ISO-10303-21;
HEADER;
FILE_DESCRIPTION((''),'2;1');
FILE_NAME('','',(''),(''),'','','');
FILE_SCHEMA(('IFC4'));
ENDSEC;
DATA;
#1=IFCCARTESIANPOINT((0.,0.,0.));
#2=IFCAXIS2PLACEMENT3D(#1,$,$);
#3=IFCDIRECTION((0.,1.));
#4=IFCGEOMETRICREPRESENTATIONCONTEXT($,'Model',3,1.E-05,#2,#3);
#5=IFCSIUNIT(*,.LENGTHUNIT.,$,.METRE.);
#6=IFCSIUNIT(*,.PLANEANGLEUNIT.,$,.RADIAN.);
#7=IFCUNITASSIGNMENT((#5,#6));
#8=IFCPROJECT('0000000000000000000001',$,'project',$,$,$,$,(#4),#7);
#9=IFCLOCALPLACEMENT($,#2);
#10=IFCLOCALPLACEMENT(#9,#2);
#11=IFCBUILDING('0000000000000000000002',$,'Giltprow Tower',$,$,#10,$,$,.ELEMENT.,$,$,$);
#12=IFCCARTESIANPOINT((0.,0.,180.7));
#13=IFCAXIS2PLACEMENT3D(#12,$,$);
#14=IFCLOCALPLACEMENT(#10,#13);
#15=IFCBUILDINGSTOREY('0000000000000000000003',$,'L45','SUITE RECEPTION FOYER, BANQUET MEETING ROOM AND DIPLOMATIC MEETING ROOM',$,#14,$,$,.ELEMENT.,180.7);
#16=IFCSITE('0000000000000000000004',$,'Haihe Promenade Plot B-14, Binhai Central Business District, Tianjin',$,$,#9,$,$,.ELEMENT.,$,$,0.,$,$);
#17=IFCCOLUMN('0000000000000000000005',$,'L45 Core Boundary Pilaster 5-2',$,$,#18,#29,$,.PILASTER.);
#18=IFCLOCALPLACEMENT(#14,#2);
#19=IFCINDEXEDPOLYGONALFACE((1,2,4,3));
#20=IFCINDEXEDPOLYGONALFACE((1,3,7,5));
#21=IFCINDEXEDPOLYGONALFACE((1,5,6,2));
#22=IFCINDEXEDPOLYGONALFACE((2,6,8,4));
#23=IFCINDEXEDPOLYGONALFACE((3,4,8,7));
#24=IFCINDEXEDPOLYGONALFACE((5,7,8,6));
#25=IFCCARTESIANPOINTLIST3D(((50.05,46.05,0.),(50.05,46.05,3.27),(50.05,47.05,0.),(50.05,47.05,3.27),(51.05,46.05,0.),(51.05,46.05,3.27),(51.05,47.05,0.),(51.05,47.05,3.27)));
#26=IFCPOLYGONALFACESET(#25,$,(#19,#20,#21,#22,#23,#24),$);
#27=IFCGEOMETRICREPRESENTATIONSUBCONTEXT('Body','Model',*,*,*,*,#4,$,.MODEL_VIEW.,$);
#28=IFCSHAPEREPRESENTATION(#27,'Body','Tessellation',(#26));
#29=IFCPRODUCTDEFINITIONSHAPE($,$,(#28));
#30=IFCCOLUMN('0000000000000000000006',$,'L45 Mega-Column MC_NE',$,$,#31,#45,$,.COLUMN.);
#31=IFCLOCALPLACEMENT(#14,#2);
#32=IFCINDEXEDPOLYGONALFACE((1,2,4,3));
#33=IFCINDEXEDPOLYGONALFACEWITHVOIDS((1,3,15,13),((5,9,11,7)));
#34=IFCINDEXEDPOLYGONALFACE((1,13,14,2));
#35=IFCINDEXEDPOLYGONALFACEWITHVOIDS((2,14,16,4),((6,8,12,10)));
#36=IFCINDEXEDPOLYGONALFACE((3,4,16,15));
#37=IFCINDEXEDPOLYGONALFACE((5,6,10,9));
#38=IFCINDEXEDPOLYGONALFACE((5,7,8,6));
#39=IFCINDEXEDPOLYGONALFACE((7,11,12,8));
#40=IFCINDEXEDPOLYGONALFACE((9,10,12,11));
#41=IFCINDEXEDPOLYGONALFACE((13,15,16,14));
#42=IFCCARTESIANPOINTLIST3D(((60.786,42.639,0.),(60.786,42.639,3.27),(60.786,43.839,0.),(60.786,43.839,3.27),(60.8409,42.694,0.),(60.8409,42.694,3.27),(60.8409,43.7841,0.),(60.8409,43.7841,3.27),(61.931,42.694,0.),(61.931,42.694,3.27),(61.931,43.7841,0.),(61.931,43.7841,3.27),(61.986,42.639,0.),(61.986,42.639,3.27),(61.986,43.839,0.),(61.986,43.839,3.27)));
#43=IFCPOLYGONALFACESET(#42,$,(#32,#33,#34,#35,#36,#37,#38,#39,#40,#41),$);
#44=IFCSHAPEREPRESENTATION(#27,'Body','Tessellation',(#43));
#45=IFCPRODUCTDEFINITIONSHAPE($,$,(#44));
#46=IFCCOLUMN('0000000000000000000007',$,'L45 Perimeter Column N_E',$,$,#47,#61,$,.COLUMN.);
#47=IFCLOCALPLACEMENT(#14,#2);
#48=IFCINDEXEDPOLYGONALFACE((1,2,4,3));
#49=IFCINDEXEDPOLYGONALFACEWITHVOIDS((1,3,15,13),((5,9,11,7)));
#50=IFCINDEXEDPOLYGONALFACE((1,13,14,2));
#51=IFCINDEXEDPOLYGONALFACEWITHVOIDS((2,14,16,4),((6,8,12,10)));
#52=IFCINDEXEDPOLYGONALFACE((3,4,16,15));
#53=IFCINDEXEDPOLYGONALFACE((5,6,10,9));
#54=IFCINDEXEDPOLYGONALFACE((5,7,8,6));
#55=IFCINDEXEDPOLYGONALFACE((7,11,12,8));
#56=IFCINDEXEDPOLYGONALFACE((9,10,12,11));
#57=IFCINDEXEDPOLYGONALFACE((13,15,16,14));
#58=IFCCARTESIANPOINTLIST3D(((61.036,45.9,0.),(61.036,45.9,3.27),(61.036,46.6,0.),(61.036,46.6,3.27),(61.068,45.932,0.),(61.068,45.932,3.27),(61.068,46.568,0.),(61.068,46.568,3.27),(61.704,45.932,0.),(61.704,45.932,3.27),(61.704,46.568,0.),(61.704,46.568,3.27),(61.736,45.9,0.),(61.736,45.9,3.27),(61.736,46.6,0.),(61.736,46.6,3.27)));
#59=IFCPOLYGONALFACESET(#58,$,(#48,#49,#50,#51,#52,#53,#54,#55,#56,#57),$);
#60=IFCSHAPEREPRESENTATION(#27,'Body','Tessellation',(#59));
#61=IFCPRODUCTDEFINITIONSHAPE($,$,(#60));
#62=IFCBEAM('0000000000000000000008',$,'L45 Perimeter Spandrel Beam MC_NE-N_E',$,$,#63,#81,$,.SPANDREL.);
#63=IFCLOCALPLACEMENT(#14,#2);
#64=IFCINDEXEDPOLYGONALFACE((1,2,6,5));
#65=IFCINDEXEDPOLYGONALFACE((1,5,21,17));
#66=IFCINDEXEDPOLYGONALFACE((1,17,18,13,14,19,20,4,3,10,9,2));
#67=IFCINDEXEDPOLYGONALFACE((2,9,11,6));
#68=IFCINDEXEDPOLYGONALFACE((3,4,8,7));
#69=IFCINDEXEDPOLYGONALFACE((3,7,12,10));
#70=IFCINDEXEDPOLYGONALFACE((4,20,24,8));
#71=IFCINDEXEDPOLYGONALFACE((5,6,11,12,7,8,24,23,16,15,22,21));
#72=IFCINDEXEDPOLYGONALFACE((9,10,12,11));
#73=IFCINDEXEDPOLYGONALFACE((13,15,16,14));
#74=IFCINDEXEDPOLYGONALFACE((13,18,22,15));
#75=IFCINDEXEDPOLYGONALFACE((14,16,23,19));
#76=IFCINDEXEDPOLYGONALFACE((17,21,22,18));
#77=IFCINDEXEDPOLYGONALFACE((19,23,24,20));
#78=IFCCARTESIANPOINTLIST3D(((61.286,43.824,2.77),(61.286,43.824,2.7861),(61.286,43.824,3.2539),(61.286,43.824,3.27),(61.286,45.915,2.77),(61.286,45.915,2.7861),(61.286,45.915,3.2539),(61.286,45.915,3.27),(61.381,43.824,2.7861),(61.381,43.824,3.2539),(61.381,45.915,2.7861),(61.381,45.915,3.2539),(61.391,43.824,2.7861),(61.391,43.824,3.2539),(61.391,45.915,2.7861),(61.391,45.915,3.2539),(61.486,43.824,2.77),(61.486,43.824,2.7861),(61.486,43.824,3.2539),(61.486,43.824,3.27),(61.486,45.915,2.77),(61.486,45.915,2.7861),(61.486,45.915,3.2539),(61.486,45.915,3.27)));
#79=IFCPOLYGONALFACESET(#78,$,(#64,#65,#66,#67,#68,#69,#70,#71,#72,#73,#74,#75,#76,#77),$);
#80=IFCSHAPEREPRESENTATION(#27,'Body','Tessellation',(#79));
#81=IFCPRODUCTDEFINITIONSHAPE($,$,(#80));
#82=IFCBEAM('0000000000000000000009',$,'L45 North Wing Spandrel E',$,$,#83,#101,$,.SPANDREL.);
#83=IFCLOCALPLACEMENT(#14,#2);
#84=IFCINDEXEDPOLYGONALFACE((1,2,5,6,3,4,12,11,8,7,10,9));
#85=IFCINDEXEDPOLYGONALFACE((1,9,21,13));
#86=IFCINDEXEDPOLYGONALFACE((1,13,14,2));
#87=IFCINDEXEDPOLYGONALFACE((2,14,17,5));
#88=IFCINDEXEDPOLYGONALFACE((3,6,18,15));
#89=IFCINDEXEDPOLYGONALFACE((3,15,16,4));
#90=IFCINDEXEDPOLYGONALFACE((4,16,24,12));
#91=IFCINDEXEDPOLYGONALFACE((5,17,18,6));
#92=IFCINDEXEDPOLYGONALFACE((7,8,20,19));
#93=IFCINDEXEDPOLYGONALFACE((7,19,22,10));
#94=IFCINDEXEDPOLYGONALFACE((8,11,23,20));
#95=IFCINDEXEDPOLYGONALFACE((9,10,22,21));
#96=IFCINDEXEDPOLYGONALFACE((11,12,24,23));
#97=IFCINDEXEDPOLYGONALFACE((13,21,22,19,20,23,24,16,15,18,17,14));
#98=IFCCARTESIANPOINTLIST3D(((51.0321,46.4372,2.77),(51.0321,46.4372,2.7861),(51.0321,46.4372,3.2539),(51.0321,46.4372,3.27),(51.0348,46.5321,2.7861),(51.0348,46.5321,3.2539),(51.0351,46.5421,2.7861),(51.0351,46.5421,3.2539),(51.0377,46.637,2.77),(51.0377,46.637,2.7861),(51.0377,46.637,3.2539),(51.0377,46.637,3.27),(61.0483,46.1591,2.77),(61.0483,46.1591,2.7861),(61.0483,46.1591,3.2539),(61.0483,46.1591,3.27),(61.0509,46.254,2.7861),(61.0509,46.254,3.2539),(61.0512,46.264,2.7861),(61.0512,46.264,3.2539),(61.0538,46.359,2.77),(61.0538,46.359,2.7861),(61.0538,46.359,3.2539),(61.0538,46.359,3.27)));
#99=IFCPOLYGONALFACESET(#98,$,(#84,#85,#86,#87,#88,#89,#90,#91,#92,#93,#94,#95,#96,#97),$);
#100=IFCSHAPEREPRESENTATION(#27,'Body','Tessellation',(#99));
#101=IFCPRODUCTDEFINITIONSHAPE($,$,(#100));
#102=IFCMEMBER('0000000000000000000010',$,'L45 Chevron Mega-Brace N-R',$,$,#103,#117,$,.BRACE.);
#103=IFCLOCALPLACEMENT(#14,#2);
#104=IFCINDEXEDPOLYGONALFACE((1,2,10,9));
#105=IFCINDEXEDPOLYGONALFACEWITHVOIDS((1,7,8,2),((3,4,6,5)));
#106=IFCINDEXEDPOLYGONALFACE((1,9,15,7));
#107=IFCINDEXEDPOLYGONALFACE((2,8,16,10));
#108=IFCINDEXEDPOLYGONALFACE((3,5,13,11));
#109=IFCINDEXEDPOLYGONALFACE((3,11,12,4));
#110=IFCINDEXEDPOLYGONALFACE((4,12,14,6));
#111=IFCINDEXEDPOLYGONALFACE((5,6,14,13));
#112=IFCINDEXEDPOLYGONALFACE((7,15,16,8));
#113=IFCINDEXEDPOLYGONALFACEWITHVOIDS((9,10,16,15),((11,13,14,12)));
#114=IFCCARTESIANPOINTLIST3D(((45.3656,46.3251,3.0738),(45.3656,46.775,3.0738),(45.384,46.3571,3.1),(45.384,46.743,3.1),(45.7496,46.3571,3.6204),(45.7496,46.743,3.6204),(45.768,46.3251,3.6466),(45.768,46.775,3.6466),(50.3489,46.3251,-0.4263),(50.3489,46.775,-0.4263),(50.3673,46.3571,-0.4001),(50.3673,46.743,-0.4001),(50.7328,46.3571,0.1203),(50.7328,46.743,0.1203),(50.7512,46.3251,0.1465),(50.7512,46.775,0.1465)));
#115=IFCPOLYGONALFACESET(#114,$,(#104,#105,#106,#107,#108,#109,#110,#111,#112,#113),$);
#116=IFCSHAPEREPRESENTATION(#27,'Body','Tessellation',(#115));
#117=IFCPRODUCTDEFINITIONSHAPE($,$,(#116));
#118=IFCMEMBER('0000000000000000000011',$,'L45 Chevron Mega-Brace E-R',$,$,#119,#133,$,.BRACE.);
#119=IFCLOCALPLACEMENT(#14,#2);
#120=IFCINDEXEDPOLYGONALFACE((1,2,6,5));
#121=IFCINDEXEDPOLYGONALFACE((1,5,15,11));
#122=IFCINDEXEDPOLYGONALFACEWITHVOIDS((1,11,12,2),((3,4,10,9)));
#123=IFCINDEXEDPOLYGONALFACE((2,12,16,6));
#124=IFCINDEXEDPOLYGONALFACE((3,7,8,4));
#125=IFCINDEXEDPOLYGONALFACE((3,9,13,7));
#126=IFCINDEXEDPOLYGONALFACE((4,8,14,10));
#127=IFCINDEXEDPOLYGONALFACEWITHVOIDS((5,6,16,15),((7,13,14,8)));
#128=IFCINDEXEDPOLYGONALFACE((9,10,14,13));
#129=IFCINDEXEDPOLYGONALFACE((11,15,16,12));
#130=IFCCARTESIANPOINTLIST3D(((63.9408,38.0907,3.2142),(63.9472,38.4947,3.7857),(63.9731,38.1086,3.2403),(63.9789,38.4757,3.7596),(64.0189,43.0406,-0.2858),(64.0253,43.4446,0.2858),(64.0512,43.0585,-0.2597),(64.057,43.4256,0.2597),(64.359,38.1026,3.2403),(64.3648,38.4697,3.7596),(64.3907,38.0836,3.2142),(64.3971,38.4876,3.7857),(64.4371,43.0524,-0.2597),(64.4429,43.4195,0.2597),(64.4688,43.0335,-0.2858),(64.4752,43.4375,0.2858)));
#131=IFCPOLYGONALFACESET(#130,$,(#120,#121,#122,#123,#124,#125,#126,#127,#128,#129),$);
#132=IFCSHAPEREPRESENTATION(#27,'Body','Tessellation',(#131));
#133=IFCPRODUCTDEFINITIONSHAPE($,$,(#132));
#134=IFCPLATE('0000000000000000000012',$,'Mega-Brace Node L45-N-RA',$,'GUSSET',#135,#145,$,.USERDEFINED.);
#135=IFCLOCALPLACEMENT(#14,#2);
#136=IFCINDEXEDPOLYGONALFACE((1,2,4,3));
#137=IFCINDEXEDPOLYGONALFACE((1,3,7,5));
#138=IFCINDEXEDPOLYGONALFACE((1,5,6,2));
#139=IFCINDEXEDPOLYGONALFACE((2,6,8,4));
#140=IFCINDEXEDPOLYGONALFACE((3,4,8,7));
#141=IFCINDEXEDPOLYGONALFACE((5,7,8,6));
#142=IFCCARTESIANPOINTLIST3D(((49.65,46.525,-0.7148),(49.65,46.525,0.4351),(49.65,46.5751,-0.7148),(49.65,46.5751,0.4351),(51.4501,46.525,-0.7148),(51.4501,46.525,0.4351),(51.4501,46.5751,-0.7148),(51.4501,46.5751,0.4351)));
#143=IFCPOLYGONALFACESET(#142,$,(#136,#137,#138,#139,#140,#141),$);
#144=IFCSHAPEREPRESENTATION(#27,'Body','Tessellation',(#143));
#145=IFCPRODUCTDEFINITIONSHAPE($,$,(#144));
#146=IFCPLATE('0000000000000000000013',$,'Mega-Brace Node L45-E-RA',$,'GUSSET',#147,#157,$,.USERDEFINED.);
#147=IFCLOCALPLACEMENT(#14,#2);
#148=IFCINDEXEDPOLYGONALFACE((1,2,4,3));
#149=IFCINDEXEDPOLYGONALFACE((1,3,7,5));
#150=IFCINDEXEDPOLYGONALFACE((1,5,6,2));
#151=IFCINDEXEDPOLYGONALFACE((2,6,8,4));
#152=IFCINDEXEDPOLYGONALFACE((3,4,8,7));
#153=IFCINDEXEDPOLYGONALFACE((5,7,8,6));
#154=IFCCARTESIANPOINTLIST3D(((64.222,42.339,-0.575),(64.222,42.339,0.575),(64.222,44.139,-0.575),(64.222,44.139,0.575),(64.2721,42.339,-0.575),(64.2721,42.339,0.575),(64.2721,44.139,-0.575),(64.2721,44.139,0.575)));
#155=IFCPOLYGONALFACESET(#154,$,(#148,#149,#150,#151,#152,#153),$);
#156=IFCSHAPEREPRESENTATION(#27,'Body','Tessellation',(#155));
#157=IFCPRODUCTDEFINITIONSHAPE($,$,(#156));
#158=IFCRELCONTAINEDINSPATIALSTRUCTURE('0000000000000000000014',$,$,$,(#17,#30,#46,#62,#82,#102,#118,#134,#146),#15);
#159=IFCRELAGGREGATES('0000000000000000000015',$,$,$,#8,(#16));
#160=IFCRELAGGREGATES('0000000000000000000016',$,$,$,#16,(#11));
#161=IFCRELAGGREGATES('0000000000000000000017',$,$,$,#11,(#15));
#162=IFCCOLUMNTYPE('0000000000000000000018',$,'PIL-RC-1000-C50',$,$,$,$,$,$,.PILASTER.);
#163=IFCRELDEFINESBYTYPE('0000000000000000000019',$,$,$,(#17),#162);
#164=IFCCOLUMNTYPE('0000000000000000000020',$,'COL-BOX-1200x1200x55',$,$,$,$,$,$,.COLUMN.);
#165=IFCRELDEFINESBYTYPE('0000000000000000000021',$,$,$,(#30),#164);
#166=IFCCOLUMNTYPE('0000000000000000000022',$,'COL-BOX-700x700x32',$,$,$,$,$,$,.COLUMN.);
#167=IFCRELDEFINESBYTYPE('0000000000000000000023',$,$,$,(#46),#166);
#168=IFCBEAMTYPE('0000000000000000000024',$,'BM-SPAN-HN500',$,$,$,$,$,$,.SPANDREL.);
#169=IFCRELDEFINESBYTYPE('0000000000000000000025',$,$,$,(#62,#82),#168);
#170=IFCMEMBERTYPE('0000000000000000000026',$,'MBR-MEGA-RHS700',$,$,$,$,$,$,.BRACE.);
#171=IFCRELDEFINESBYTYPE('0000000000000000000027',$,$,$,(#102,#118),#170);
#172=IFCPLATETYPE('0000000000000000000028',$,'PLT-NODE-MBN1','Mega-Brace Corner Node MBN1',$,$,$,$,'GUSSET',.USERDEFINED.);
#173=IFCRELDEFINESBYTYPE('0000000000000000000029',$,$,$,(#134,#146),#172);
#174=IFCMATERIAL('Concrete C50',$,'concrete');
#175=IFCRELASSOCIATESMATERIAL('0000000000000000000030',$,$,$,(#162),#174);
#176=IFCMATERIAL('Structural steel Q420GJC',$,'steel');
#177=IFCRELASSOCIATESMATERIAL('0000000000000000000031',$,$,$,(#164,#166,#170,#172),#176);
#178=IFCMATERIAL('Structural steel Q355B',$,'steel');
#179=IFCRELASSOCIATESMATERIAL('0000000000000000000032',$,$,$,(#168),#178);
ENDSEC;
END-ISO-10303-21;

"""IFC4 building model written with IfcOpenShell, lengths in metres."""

from ifc_helpers import new_model, si_unit, direction, frame, origin, origin_2d, place, context, subcontext, project, spatial, rectangle, hollow_rectangle, i_section, extrude, source, transform, mapped, material, material_profile, profile_set, type_object, element, save


model = new_model("IFC4")

# Units and contexts
model_context = context("Model", 3, precision=1e-05, world=origin(), true_north=direction((0.0, 1.0)))
body_context = subcontext(model_context, "Body", "Model", "MODEL_VIEW")
ifc_project = project(units=[si_unit("LENGTHUNIT", "METRE"), si_unit("PLANEANGLEUNIT", "RADIAN")], contexts=[model_context])

# Site, building, storey
site_placement = place(None, origin())
site = spatial("IfcSite", under=ifc_project, at=site_placement, Name="Haihe Promenade Plot B-14, Binhai Central Business District, Tianjin", CompositionType="ELEMENT", RefElevation=0.0)
building_placement = place(site_placement, origin())
building = spatial("IfcBuilding", under=site, at=building_placement, Name="Giltprow Tower", CompositionType="ELEMENT")
storey_placement = place(building_placement, frame((0.0, 0.0, 180.7)))
storey = spatial("IfcBuildingStorey", under=building, at=storey_placement, Name="L45", Description="SUITE RECEPTION FOYER, BANQUET MEETING ROOM AND DIPLOMATIC MEETING ROOM", CompositionType="ELEMENT", Elevation=180.7)

# Columns
ifc_material_1 = material(Name="Concrete C50", Category="concrete")
ifc_material_profile_1 = material_profile(ifc_material_1, rectangle(XDim=1.0, YDim=1.0, at=origin_2d()), Name="RC 1000x1000")
ifc_profile_set_1 = profile_set([ifc_material_profile_1], Name="Concrete C50")
column_type_1 = type_object("IfcColumnType", Name="PIL-RC-1000-C50", PredefinedType="PILASTER", material=ifc_profile_set_1)
shared_shape_1 = source(origin(), body_context, "Body", "SweptSolid", [
    extrude(rectangle(XDim=1.0, YDim=1.0, at=origin_2d()), origin(), (0.0, 0.0, 1.0), 3.27),
])
column_1_placement = place(storey_placement, frame((50.55, 46.55, 0.0), z_axis=(0.0, 0.0, 1.0), x_axis=(1.0, 0.0, 0.0)))
element("IfcColumn", 1, at=column_1_placement, inside=storey, type_object=column_type_1, Name="L45 Core Boundary Pilaster 5-2", PredefinedType="PILASTER", context=body_context, shape_type="MappedRepresentation", body=[
    mapped(shared_shape_1, transform((0.0, 0.0, 0.0), x_axis=(1.0, 0.0, 0.0), y_axis=(0.0, 1.0, 0.0), z_axis=(0.0, 0.0, 1.0), scale=1.0)),
])
ifc_material_2 = material(Name="Structural steel Q420GJC", Category="steel")
ifc_material_profile_2 = material_profile(ifc_material_2, hollow_rectangle(XDim=1.2, YDim=1.2, WallThickness=0.0549, at=origin_2d()), Name="BOX 1200x1200x55")
ifc_profile_set_2 = profile_set([ifc_material_profile_2], Name="Structural steel Q420GJC")
column_type_2 = type_object("IfcColumnType", Name="COL-BOX-1200x1200x55", PredefinedType="COLUMN", material=ifc_profile_set_2)
shared_shape_2 = source(origin(), body_context, "Body", "SweptSolid", [
    extrude(hollow_rectangle(XDim=1.2, YDim=1.2, WallThickness=0.0549, at=origin_2d()), origin(), (0.0, 0.0, 1.0), 3.27),
])
column_2_placement = place(storey_placement, frame((61.386, 43.239, 0.0), z_axis=(0.0, 0.0, 1.0), x_axis=(1.0, 0.0, 0.0)))
element("IfcColumn", 2, at=column_2_placement, inside=storey, type_object=column_type_2, Name="L45 Mega-Column MC_NE", PredefinedType="COLUMN", context=body_context, shape_type="MappedRepresentation", body=[
    mapped(shared_shape_2, transform((0.0, 0.0, 0.0), x_axis=(1.0, 0.0, 0.0), y_axis=(0.0, 1.0, 0.0), z_axis=(0.0, 0.0, 1.0), scale=1.0)),
])
ifc_material_profile_3 = material_profile(ifc_material_2, hollow_rectangle(XDim=0.7, YDim=0.7, WallThickness=0.032, at=origin_2d()), Name="BOX 700x700x32")
ifc_profile_set_3 = profile_set([ifc_material_profile_3], Name="Structural steel Q420GJC")
column_type_3 = type_object("IfcColumnType", Name="COL-BOX-700x700x32", PredefinedType="COLUMN", material=ifc_profile_set_3)
shared_shape_3 = source(origin(), body_context, "Body", "SweptSolid", [
    extrude(hollow_rectangle(XDim=0.7, YDim=0.7, WallThickness=0.032, at=origin_2d()), origin(), (0.0, 0.0, 1.0), 3.27),
])
column_3_placement = place(storey_placement, frame((61.386, 46.25, 0.0), z_axis=(0.0, 0.0, 1.0), x_axis=(1.0, 0.0, 0.0)))
element("IfcColumn", 3, at=column_3_placement, inside=storey, type_object=column_type_3, Name="L45 Perimeter Column N_E", PredefinedType="COLUMN", context=body_context, shape_type="MappedRepresentation", body=[
    mapped(shared_shape_3, transform((0.0, 0.0, 0.0), x_axis=(1.0, 0.0, 0.0), y_axis=(0.0, 1.0, 0.0), z_axis=(0.0, 0.0, 1.0), scale=1.0)),
])

# Beams
ifc_material_3 = material(Name="Structural steel Q355B", Category="steel")
ifc_material_profile_4 = material_profile(ifc_material_3, i_section(OverallWidth=0.2, OverallDepth=0.5, WebThickness=0.01, FlangeThickness=0.0161, at=origin_2d()), Name="HN 500x200x10x16")
ifc_profile_set_4 = profile_set([ifc_material_profile_4], Name="Structural steel Q355B")
beam_type = type_object("IfcBeamType", Name="BM-SPAN-HN500", PredefinedType="SPANDREL", material=ifc_profile_set_4)
shared_shape_4 = source(origin(), body_context, "Body", "SweptSolid", [
    extrude(i_section(OverallWidth=0.2, OverallDepth=0.5, WebThickness=0.01, FlangeThickness=0.0161, at=origin_2d()), origin(), (0.0, 0.0, 1.0), 2.0911),
])
beam_1_placement = place(storey_placement, frame((61.386, 43.824, 3.02), z_axis=(0.0, 1.0, 0.0), x_axis=(-1.0, 0.0, 0.0)))
element("IfcBeam", 4, at=beam_1_placement, inside=storey, type_object=beam_type, Name="L45 Perimeter Spandrel Beam MC_NE-N_E", PredefinedType="SPANDREL", context=body_context, shape_type="MappedRepresentation", body=[
    mapped(shared_shape_4, transform((0.0, 0.0, 0.0), x_axis=(1.0, 0.0, 0.0), y_axis=(0.0, 1.0, 0.0), z_axis=(0.0, 0.0, 1.0), scale=1.0)),
])
shared_shape_5 = source(origin(), body_context, "Body", "SweptSolid", [
    extrude(i_section(OverallWidth=0.2, OverallDepth=0.5, WebThickness=0.01, FlangeThickness=0.0161, at=origin_2d()), origin(), (0.0, 0.0, 1.0), 10.02),
])
beam_2_placement = place(storey_placement, frame((51.0349, 46.5371, 3.02), z_axis=(0.999615, -0.027752, 0.0), x_axis=(0.027752, 0.999615, 0.0)))
element("IfcBeam", 5, at=beam_2_placement, inside=storey, type_object=beam_type, Name="L45 North Wing Spandrel E", PredefinedType="SPANDREL", context=body_context, shape_type="MappedRepresentation", body=[
    mapped(shared_shape_5, transform((0.0, 0.0, 0.0), x_axis=(1.0, 0.0, 0.0), y_axis=(0.0, 1.0, 0.0), z_axis=(0.0, 0.0, 1.0), scale=1.0)),
])

# Members
ifc_material_profile_5 = material_profile(ifc_material_2, hollow_rectangle(XDim=0.45, YDim=0.7, WallThickness=0.032, at=origin_2d()), Name="RHS 700x450x32")
ifc_profile_set_5 = profile_set([ifc_material_profile_5], Name="Structural steel Q420GJC")
member_type = type_object("IfcMemberType", Name="MBR-MEGA-RHS700", PredefinedType="BRACE", material=ifc_profile_set_5)
shared_shape_6 = source(origin(), body_context, "Body", "SweptSolid", [
    extrude(hollow_rectangle(XDim=0.45, YDim=0.7, WallThickness=0.032, at=origin_2d()), origin(), (0.0, 0.0, 1.0), 6.0896),
])
member_1_placement = place(storey_placement, frame((50.55, 46.55, -0.1399), z_axis=(-0.818321, 0.0, 0.574761), x_axis=(0.0, -1.0, 0.0)))
element("IfcMember", 6, at=member_1_placement, inside=storey, type_object=member_type, Name="L45 Chevron Mega-Brace N-R", PredefinedType="BRACE", context=body_context, shape_type="MappedRepresentation", body=[
    mapped(shared_shape_6, transform((0.0, 0.0, 0.0), x_axis=(1.0, 0.0, 0.0), y_axis=(0.0, 1.0, 0.0), z_axis=(0.0, 0.0, 1.0), scale=1.0)),
])
shared_shape_7 = source(origin(), body_context, "Body", "SweptSolid", [
    extrude(hollow_rectangle(XDim=0.45, YDim=0.7, WallThickness=0.032, at=origin_2d()), origin(), (0.0, 0.0, 1.0), 6.0627),
])
member_2_placement = place(storey_placement, frame((64.2471, 43.239, 0.0), z_axis=(-0.012886, -0.81644, 0.577286), x_axis=(0.999875, -0.015781, 0.0)))
element("IfcMember", 7, at=member_2_placement, inside=storey, type_object=member_type, Name="L45 Chevron Mega-Brace E-R", PredefinedType="BRACE", context=body_context, shape_type="MappedRepresentation", body=[
    mapped(shared_shape_7, transform((0.0, 0.0, 0.0), x_axis=(1.0, 0.0, 0.0), y_axis=(0.0, 1.0, 0.0), z_axis=(0.0, 0.0, 1.0), scale=1.0)),
])

# Plates
plate_type = type_object("IfcPlateType", Name="PLT-NODE-MBN1", Description="Mega-Brace Corner Node MBN1", ElementType="GUSSET", PredefinedType="USERDEFINED", material=ifc_material_2)
shared_shape_8 = source(origin(), body_context, "Body", "SweptSolid", [
    extrude(rectangle(XDim=1.8, YDim=0.05, at=origin_2d()), origin(), (0.0, 0.0, 1.0), 1.1499),
])
for number, where, z_axis, x_axis, name in (
    (8, (50.55, 46.55, -0.7148), (0.0, 0.0, 1.0), (1.0, 0.0, 0.0), "Mega-Brace Node L45-N-RA"),
    (9, (64.2471, 43.239, -0.575), (0.0, 0.0, 1.0), (0.0, 1.0, 0.0), "Mega-Brace Node L45-E-RA"),
):
    element("IfcPlate", number, at=place(storey_placement, frame(where, z_axis=z_axis, x_axis=x_axis)), inside=storey, type_object=plate_type, Name=name, ObjectType="GUSSET", PredefinedType="USERDEFINED", context=body_context, shape_type="MappedRepresentation", body=[
        mapped(shared_shape_8, transform((0.0, 0.0, 0.0), x_axis=(1.0, 0.0, 0.0), y_axis=(0.0, 1.0, 0.0), z_axis=(0.0, 0.0, 1.0), scale=1.0)),
    ])

save(model, "model.ifc")
